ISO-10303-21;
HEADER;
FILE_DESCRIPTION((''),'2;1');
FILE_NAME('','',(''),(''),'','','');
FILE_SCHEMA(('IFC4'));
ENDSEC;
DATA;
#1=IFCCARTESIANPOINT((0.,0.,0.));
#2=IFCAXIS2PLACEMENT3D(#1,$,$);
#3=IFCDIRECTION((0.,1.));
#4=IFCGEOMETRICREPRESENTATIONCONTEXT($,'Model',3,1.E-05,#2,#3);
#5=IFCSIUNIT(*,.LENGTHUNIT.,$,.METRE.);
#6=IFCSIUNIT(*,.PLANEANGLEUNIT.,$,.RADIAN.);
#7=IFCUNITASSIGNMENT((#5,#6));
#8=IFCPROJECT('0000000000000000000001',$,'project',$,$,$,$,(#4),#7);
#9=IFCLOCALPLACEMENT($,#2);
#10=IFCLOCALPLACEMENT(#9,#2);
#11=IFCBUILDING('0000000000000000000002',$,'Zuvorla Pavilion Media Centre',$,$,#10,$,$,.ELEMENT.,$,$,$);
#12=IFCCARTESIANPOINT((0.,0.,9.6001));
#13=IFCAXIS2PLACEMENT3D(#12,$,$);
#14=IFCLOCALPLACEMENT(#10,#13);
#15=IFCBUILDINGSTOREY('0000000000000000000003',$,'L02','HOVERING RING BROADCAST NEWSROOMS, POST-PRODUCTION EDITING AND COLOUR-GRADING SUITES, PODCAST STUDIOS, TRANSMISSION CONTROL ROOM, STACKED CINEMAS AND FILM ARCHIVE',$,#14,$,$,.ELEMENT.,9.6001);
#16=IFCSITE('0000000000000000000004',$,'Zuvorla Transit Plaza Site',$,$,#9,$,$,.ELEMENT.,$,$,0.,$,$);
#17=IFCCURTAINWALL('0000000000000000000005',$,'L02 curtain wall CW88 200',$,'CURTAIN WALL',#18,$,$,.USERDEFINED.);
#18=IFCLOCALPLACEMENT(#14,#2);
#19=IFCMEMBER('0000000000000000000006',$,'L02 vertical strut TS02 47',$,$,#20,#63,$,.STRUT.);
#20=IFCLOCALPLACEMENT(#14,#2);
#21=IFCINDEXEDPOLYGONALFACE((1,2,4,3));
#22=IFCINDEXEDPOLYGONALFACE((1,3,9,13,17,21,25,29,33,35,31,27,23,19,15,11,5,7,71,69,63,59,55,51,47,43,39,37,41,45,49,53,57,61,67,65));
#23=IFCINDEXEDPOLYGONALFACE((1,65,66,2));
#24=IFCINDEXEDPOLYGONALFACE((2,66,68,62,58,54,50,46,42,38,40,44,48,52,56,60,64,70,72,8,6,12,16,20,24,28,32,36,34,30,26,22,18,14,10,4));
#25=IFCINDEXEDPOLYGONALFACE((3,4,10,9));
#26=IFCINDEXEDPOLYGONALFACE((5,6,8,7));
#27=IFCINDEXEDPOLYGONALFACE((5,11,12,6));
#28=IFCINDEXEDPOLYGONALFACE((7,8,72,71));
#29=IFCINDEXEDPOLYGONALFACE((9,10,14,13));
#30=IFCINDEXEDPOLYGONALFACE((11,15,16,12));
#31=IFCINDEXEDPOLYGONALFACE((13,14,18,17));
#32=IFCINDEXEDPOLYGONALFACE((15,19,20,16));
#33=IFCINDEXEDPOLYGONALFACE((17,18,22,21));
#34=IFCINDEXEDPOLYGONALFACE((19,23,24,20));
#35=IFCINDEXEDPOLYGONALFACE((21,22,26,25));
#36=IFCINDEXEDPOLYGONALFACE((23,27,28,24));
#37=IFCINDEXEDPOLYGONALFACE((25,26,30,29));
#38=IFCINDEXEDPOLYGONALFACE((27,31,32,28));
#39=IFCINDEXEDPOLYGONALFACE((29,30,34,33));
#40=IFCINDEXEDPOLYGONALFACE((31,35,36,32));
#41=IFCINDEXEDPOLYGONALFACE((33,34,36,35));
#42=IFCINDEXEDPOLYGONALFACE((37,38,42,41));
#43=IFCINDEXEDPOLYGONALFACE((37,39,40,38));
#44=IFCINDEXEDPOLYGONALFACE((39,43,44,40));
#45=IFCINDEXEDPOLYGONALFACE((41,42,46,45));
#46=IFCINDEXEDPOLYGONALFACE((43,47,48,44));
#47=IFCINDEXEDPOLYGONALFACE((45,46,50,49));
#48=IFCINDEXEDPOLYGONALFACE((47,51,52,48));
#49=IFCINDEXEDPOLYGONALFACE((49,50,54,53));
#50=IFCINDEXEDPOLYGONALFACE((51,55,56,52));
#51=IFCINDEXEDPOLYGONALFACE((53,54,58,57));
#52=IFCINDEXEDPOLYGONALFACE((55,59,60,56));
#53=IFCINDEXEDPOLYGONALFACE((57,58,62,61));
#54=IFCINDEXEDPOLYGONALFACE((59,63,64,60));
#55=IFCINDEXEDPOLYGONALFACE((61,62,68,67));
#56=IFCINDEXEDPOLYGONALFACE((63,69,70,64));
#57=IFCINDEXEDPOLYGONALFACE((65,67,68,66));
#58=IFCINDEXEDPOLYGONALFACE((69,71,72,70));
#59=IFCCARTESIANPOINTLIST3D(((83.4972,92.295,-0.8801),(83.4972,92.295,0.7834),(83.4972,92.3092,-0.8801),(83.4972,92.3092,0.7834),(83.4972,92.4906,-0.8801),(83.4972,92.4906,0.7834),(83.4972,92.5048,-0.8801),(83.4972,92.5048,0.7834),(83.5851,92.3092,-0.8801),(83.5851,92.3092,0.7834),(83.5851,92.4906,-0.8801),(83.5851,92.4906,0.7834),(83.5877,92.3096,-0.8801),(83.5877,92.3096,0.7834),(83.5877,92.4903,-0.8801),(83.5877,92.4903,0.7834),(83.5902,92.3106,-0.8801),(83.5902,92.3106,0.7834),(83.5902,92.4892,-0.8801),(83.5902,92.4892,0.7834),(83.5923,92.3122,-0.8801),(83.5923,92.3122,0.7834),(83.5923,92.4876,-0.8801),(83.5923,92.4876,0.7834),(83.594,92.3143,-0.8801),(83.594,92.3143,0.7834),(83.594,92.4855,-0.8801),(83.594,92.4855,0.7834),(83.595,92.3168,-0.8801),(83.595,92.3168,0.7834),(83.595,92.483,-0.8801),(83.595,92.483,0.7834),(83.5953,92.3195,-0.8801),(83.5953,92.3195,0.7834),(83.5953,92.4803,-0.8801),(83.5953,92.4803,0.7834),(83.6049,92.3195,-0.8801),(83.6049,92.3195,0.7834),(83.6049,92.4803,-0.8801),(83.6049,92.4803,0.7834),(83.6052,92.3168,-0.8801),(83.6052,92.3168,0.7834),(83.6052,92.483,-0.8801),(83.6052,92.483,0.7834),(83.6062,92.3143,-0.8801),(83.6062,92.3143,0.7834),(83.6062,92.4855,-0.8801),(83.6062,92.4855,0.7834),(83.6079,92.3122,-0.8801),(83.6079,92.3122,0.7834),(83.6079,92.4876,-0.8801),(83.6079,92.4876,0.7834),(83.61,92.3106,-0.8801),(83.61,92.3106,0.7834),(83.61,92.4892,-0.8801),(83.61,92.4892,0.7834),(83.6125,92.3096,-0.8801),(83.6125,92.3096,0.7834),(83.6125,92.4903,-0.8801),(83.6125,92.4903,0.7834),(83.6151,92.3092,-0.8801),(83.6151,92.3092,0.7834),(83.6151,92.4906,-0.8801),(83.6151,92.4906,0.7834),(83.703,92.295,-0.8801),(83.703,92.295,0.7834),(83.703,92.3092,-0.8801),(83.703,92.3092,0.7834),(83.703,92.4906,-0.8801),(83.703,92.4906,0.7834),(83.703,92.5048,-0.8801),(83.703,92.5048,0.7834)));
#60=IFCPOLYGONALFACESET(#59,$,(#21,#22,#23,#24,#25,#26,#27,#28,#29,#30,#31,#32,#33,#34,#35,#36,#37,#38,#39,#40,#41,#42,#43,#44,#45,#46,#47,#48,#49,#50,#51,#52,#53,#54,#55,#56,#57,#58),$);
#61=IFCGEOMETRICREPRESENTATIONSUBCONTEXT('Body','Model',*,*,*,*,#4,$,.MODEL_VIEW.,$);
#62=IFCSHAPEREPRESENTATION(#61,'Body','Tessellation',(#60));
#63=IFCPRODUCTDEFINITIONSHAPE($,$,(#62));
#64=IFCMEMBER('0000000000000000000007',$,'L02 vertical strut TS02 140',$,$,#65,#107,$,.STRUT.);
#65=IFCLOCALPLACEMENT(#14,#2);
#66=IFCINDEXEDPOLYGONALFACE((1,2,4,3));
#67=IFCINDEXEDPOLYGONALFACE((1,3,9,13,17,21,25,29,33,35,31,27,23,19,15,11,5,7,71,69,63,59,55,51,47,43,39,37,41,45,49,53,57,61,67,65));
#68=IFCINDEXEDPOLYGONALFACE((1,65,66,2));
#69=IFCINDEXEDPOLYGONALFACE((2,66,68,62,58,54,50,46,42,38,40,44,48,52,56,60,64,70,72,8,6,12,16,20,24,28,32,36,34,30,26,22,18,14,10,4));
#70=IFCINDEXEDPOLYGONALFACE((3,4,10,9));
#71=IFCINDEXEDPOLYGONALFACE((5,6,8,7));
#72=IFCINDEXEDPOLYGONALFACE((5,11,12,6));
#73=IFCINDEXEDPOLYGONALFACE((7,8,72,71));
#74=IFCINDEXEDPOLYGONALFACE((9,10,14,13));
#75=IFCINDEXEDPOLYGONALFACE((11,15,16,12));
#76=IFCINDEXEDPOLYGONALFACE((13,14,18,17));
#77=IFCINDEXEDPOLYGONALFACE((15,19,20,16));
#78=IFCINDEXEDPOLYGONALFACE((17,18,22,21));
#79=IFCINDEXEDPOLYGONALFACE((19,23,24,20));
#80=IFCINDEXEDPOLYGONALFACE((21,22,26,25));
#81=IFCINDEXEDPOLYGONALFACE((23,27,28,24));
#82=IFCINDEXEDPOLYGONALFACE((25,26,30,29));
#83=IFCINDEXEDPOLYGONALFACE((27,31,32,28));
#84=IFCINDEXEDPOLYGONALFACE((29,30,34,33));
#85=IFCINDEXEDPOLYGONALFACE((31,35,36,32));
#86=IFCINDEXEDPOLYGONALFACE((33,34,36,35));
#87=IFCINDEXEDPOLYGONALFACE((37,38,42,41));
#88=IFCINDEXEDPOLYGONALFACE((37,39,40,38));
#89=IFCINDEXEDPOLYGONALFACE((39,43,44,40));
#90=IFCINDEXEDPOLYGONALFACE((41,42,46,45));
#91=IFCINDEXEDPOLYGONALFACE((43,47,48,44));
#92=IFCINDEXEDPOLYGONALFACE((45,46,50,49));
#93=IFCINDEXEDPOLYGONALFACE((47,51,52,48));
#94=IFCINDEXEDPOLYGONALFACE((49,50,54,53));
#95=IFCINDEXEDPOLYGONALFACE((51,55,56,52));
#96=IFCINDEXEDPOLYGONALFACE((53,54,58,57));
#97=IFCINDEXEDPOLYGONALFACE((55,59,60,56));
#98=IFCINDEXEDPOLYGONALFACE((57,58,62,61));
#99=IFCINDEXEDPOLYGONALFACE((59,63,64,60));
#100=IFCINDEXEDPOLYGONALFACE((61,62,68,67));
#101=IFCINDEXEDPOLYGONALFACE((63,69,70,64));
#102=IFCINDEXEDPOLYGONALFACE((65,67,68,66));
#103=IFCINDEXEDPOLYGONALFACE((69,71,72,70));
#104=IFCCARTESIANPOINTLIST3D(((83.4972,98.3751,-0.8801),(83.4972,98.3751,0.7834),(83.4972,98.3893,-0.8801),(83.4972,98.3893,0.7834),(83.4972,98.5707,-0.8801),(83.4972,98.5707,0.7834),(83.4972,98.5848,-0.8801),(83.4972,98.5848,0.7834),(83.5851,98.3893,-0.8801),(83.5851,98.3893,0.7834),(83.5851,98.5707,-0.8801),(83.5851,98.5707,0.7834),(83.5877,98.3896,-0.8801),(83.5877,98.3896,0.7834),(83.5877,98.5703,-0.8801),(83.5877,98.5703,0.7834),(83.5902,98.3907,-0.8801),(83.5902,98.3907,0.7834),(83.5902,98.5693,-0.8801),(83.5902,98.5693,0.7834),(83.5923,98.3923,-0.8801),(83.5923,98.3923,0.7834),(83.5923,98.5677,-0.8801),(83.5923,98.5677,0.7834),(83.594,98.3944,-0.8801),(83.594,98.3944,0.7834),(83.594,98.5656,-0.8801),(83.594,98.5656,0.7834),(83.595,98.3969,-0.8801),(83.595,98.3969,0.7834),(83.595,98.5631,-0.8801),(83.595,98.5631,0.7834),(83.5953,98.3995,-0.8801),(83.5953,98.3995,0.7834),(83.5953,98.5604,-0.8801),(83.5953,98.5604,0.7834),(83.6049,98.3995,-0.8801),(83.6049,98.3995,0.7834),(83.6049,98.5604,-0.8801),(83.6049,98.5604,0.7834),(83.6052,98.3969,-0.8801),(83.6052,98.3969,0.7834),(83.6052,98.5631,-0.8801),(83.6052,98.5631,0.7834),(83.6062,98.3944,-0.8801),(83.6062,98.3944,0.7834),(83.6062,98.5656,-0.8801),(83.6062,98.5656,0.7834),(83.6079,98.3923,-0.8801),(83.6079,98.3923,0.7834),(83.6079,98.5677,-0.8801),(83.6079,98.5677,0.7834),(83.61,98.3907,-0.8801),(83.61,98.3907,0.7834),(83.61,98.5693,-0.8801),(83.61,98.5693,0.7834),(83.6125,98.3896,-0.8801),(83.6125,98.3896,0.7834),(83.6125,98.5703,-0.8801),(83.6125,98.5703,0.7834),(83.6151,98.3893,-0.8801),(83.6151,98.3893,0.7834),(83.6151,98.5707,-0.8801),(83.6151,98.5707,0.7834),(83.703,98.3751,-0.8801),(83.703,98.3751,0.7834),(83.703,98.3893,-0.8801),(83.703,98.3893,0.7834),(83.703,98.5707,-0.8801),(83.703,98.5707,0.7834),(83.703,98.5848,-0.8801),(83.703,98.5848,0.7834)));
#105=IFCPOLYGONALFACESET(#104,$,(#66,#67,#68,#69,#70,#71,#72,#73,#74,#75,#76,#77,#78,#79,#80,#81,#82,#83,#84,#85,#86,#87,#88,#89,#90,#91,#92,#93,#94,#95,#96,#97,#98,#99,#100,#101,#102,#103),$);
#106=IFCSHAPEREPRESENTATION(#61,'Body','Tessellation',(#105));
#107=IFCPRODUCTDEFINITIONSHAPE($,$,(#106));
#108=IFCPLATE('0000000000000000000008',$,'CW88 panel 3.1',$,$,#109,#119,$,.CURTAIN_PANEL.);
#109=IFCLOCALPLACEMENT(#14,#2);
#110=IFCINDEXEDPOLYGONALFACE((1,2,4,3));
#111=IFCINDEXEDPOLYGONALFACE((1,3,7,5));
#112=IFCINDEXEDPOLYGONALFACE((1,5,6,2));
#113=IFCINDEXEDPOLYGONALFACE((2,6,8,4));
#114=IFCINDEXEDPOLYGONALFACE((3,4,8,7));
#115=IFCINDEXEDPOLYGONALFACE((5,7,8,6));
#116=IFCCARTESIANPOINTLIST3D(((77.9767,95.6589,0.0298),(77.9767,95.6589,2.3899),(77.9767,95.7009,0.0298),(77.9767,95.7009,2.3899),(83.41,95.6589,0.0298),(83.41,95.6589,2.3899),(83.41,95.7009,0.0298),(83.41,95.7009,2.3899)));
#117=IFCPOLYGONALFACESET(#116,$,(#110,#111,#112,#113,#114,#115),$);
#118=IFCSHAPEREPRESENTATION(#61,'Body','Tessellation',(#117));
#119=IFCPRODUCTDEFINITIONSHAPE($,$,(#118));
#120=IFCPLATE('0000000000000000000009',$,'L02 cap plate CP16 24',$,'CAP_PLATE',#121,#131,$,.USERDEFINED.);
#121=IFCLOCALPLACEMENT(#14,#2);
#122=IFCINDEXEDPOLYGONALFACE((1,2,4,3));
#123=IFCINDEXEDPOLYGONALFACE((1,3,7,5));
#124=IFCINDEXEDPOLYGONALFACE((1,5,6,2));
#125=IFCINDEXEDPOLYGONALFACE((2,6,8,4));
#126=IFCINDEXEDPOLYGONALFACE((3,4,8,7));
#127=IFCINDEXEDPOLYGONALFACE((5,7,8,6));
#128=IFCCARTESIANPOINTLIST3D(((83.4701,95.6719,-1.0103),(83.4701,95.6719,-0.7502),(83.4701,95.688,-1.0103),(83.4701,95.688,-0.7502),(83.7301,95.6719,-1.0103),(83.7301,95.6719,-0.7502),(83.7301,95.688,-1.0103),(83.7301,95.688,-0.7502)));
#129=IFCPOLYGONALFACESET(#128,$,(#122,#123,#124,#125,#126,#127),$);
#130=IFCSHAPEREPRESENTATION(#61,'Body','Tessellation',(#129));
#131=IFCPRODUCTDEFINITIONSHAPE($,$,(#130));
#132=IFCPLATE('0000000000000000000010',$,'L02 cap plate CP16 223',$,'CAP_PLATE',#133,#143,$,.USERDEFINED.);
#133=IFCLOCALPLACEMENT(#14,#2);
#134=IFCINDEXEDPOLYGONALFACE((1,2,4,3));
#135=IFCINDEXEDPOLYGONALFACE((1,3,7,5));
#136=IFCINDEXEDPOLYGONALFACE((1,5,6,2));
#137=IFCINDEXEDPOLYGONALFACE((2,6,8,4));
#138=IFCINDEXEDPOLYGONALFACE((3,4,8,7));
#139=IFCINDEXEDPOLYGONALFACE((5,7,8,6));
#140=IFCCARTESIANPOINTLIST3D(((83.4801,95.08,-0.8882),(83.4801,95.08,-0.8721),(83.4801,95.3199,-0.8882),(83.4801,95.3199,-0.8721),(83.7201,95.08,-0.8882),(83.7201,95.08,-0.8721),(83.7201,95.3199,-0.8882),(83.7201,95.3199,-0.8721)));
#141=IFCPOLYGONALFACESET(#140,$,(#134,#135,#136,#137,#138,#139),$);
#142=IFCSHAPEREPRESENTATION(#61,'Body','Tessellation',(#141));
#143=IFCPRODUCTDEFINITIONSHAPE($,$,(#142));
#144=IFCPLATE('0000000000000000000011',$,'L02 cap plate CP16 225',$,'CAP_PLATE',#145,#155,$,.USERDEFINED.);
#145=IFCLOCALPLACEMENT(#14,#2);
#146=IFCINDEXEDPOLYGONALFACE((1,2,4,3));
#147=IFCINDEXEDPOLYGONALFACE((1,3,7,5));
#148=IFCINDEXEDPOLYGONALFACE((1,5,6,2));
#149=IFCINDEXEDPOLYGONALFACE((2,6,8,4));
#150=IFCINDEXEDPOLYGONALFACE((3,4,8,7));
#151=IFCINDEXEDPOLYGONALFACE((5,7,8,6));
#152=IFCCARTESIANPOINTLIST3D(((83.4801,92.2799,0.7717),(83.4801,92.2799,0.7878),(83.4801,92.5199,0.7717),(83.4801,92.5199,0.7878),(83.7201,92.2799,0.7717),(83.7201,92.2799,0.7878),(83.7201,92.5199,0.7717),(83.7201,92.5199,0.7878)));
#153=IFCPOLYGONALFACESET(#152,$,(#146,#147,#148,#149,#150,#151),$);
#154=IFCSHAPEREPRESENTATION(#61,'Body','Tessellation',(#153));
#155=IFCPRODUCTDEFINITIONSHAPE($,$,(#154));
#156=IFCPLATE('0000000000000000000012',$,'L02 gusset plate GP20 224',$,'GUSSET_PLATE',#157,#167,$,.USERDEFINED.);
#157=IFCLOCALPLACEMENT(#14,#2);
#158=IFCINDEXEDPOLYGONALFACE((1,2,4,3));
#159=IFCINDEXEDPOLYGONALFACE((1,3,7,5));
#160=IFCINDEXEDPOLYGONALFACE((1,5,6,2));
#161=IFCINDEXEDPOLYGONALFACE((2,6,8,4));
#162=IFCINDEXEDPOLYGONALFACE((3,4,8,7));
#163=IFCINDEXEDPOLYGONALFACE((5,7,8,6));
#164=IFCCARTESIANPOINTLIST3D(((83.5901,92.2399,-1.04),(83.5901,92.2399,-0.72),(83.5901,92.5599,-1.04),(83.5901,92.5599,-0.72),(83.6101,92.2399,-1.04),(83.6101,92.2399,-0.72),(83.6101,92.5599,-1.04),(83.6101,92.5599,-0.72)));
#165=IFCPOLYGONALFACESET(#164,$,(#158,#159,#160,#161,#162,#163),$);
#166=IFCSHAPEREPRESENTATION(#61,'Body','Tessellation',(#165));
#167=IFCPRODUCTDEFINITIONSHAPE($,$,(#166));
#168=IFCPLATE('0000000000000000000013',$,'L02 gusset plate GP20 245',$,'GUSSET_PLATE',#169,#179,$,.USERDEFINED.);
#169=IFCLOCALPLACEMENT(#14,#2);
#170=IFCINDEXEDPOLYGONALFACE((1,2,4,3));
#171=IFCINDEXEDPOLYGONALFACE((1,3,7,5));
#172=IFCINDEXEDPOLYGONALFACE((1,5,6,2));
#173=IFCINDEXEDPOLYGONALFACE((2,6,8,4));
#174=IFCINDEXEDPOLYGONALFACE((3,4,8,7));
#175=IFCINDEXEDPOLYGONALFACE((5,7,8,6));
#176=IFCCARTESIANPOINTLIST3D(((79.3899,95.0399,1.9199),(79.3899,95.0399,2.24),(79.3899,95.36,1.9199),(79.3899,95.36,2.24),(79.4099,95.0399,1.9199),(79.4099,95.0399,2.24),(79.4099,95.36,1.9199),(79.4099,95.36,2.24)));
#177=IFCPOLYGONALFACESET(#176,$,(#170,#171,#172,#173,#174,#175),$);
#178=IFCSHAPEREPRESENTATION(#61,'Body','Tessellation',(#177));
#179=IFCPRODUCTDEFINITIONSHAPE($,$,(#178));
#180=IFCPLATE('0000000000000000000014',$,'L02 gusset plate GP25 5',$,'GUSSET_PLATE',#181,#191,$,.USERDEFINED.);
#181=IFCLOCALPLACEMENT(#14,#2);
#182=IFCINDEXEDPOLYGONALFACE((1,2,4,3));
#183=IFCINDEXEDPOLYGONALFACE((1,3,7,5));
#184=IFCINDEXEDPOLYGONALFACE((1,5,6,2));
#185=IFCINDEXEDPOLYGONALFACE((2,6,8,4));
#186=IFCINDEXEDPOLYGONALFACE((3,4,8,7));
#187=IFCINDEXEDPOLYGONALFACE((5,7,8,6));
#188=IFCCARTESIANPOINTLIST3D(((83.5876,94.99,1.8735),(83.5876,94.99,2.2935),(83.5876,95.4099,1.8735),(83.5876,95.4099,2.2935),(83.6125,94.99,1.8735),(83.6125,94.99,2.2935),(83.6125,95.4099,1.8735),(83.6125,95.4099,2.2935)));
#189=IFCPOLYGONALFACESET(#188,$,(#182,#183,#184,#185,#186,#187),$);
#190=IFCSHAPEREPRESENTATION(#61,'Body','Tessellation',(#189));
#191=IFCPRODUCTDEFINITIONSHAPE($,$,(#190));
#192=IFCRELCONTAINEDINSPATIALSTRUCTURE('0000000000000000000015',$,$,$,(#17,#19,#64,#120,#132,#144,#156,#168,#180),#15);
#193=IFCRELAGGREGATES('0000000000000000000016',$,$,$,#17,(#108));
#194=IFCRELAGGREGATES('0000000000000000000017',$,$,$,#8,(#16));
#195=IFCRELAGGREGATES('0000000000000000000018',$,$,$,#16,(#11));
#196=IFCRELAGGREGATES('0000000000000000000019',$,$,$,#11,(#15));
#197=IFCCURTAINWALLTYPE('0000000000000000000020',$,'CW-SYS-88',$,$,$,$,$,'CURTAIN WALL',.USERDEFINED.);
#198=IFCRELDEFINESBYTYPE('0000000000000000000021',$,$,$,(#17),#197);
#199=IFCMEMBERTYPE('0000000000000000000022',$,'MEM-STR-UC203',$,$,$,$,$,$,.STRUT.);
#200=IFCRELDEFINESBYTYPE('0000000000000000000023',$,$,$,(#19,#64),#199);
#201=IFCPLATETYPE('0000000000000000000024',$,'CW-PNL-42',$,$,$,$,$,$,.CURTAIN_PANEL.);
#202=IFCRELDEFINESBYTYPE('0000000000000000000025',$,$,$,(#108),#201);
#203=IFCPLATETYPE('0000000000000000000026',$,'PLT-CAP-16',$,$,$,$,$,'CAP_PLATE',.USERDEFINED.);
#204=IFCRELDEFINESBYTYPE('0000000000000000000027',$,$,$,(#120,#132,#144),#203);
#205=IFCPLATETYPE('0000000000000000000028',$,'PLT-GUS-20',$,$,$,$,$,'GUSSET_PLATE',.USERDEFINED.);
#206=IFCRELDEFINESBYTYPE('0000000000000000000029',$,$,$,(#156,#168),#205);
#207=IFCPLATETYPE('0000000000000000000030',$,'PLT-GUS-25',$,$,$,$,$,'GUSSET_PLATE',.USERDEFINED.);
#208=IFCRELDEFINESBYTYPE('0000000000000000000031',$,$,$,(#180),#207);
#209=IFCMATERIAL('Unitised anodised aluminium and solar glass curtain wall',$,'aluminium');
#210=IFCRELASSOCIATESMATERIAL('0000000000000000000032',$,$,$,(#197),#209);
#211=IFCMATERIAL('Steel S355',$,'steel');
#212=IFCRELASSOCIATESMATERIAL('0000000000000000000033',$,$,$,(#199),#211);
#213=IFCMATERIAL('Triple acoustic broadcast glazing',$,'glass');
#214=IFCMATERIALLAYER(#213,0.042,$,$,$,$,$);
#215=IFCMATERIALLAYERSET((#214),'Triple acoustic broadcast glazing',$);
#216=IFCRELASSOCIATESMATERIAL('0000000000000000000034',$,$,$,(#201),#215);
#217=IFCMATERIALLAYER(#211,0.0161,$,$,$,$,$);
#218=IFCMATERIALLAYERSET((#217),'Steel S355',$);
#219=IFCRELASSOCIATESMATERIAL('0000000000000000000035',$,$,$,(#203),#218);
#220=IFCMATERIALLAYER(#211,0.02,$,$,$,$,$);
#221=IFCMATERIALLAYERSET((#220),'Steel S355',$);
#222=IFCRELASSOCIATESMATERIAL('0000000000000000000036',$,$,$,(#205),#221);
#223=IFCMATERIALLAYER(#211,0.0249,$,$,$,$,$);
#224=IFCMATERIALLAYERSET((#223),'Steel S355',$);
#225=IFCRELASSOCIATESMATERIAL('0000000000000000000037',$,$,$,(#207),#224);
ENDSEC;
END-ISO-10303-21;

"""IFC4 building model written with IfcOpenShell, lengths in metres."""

from ifc_helpers import new_model, si_unit, direction, frame, origin, origin_2d, place, context, subcontext, project, spatial, rectangle, i_section, extrude, material, layer, layer_set, material_profile, profile_set, type_object, element, aggregate, save


model = new_model("IFC4")

# Units and contexts
model_context = context("Model", 3, precision=1e-05, world=origin(), true_north=direction((0.0, 1.0)))
body_context = subcontext(model_context, "Body", "Model", "MODEL_VIEW")
ifc_project = project(units=[si_unit("LENGTHUNIT", "METRE"), si_unit("PLANEANGLEUNIT", "RADIAN")], contexts=[model_context])

# Site, building, storey
site_placement = place(None, origin())
site = spatial("IfcSite", under=ifc_project, at=site_placement, Name="Zuvorla Transit Plaza Site", CompositionType="ELEMENT", RefElevation=0.0)
building_placement = place(site_placement, origin())
building = spatial("IfcBuilding", under=site, at=building_placement, Name="Zuvorla Pavilion Media Centre", CompositionType="ELEMENT")
storey_placement = place(building_placement, frame((0.0, 0.0, 9.6001)))
storey = spatial("IfcBuildingStorey", under=building, at=storey_placement, Name="L02", Description="HOVERING RING BROADCAST NEWSROOMS, POST-PRODUCTION EDITING AND COLOUR-GRADING SUITES, PODCAST STUDIOS, TRANSMISSION CONTROL ROOM, STACKED CINEMAS AND FILM ARCHIVE", CompositionType="ELEMENT", Elevation=9.6001)

# Curtain wall
ifc_material_1 = material(Name="Unitised anodised aluminium and solar glass curtain wall", Category="aluminium")
curtain_wall_type = type_object("IfcCurtainWallType", Name="CW-SYS-88", ElementType="CURTAIN WALL", PredefinedType="USERDEFINED", material=ifc_material_1)
curtain_wall_placement = place(storey_placement, origin())
curtain_wall = element("IfcCurtainWall", 1, at=curtain_wall_placement, inside=storey, type_object=curtain_wall_type, Name="L02 curtain wall CW88 200", ObjectType="CURTAIN WALL", PredefinedType="USERDEFINED")

# Members
ifc_material_2 = material(Name="Steel S355", Category="steel")
ifc_material_profile_1 = material_profile(ifc_material_2, i_section(OverallWidth=0.2058, OverallDepth=0.2097, WebThickness=0.0095, FlangeThickness=0.0142, FilletRadius=0.0103, at=origin_2d()), Name="UC 203x203x60")
ifc_profile_set_1 = profile_set([ifc_material_profile_1], Name="Steel S355")
member_type_1 = type_object("IfcMemberType", Name="MEM-STR-UC203", PredefinedType="STRUT", material=ifc_profile_set_1)
for number, where, z_axis, x_axis, name in (
    (2, (83.6001, 92.3999, -0.8801), (0.0, 0.0, 1.0), (1.0, 0.0, 0.0), "L02 vertical strut TS02 47"),
    (3, (83.6001, 98.48, -0.8801), (0.0, 0.0, 1.0), (1.0, 0.0, 0.0), "L02 vertical strut TS02 140"),
):
    element("IfcMember", number, at=place(storey_placement, frame(where, z_axis=z_axis, x_axis=x_axis)), inside=storey, type_object=member_type_1, Name=name, PredefinedType="STRUT", context=body_context, shape_type="SweptSolid", body=[
        extrude(i_section(OverallWidth=0.2058, OverallDepth=0.2097, WebThickness=0.0095, FlangeThickness=0.0142, FilletRadius=0.0103, at=origin_2d()), origin(), (0.0, 0.0, 1.0), 1.6636),
    ])

# Plate
ifc_material_3 = material(Name="Triple acoustic broadcast glazing", Category="glass")
ifc_layer_1 = layer(ifc_material_3, 0.042)
ifc_layer_set_1 = layer_set([ifc_layer_1], Name="Triple acoustic broadcast glazing")
plate_type_1 = type_object("IfcPlateType", Name="CW-PNL-42", PredefinedType="CURTAIN_PANEL", material=ifc_layer_set_1)
plate_1_placement = place(storey_placement, frame((80.6934, 95.6799, 0.0298), z_axis=(0.0, 0.0, 1.0), x_axis=(1.0, 0.0, 0.0)))
plate_1 = element("IfcPlate", 4, at=plate_1_placement, type_object=plate_type_1, Name="CW88 panel 3.1", PredefinedType="CURTAIN_PANEL", context=body_context, shape_type="SweptSolid", body=[
    extrude(rectangle(XDim=5.4333, YDim=0.042, at=origin_2d()), origin(), (0.0, 0.0, 1.0), 2.3601),
])
aggregate(curtain_wall, [plate_1])

# Plates
ifc_layer_2 = layer(ifc_material_2, 0.0161)
ifc_layer_set_2 = layer_set([ifc_layer_2], Name="Steel S355")
plate_type_2 = type_object("IfcPlateType", Name="PLT-CAP-16", ElementType="CAP_PLATE", PredefinedType="USERDEFINED", material=ifc_layer_set_2)
plate_2_placement = place(storey_placement, frame((83.6001, 95.6799, -1.0103), z_axis=(0.0, 0.0, 1.0), x_axis=(1.0, 0.0, 0.0)))
element("IfcPlate", 5, at=plate_2_placement, inside=storey, type_object=plate_type_2, Name="L02 cap plate CP16 24", ObjectType="CAP_PLATE", PredefinedType="USERDEFINED", context=body_context, shape_type="SweptSolid", body=[
    extrude(rectangle(XDim=0.26, YDim=0.0161, at=origin_2d()), origin(), (0.0, 0.0, 1.0), 0.26),
])
for number, where, z_axis, x_axis, name in (
    (6, (83.6001, 95.2, -0.8882), (0.0, 0.0, 1.0), (1.0, 0.0, 0.0), "L02 cap plate CP16 223"),
    (7, (83.6001, 92.3999, 0.7717), (0.0, 0.0, 1.0), (1.0, 0.0, 0.0), "L02 cap plate CP16 225"),
):
    element("IfcPlate", number, at=place(storey_placement, frame(where, z_axis=z_axis, x_axis=x_axis)), inside=storey, type_object=plate_type_2, Name=name, ObjectType="CAP_PLATE", PredefinedType="USERDEFINED", context=body_context, shape_type="SweptSolid", body=[
        extrude(rectangle(XDim=0.24, YDim=0.24, at=origin_2d()), origin(), (0.0, 0.0, 1.0), 0.0161),
    ])
ifc_layer_3 = layer(ifc_material_2, 0.02)
ifc_layer_set_3 = layer_set([ifc_layer_3], Name="Steel S355")
plate_type_3 = type_object("IfcPlateType", Name="PLT-GUS-20", ElementType="GUSSET_PLATE", PredefinedType="USERDEFINED", material=ifc_layer_set_3)
for number, where, z_axis, x_axis, name in (
    (8, (83.6001, 92.3999, -1.04), (0.0, 0.0, 1.0), (1.0, 0.0, 0.0), "L02 gusset plate GP20 224"),
    (9, (79.3999, 95.2, 1.9199), (0.0, 0.0, 1.0), (1.0, 0.0, 0.0), "L02 gusset plate GP20 245"),
):
    element("IfcPlate", number, at=place(storey_placement, frame(where, z_axis=z_axis, x_axis=x_axis)), inside=storey, type_object=plate_type_3, Name=name, ObjectType="GUSSET_PLATE", PredefinedType="USERDEFINED", context=body_context, shape_type="SweptSolid", body=[
        extrude(rectangle(XDim=0.02, YDim=0.3201, at=origin_2d()), origin(), (0.0, 0.0, 1.0), 0.3201),
    ])
ifc_layer_4 = layer(ifc_material_2, 0.0249)
ifc_layer_set_4 = layer_set([ifc_layer_4], Name="Steel S355")
plate_type_4 = type_object("IfcPlateType", Name="PLT-GUS-25", ElementType="GUSSET_PLATE", PredefinedType="USERDEFINED", material=ifc_layer_set_4)
plate_3_placement = place(storey_placement, frame((83.6001, 95.2, 1.8735), z_axis=(0.0, 0.0, 1.0), x_axis=(1.0, 0.0, 0.0)))
element("IfcPlate", 10, at=plate_3_placement, inside=storey, type_object=plate_type_4, Name="L02 gusset plate GP25 5", ObjectType="GUSSET_PLATE", PredefinedType="USERDEFINED", context=body_context, shape_type="SweptSolid", body=[
    extrude(rectangle(XDim=0.0249, YDim=0.4199, at=origin_2d()), origin(), (0.0, 0.0, 1.0), 0.4199),
])

save(model, "model.ifc")
